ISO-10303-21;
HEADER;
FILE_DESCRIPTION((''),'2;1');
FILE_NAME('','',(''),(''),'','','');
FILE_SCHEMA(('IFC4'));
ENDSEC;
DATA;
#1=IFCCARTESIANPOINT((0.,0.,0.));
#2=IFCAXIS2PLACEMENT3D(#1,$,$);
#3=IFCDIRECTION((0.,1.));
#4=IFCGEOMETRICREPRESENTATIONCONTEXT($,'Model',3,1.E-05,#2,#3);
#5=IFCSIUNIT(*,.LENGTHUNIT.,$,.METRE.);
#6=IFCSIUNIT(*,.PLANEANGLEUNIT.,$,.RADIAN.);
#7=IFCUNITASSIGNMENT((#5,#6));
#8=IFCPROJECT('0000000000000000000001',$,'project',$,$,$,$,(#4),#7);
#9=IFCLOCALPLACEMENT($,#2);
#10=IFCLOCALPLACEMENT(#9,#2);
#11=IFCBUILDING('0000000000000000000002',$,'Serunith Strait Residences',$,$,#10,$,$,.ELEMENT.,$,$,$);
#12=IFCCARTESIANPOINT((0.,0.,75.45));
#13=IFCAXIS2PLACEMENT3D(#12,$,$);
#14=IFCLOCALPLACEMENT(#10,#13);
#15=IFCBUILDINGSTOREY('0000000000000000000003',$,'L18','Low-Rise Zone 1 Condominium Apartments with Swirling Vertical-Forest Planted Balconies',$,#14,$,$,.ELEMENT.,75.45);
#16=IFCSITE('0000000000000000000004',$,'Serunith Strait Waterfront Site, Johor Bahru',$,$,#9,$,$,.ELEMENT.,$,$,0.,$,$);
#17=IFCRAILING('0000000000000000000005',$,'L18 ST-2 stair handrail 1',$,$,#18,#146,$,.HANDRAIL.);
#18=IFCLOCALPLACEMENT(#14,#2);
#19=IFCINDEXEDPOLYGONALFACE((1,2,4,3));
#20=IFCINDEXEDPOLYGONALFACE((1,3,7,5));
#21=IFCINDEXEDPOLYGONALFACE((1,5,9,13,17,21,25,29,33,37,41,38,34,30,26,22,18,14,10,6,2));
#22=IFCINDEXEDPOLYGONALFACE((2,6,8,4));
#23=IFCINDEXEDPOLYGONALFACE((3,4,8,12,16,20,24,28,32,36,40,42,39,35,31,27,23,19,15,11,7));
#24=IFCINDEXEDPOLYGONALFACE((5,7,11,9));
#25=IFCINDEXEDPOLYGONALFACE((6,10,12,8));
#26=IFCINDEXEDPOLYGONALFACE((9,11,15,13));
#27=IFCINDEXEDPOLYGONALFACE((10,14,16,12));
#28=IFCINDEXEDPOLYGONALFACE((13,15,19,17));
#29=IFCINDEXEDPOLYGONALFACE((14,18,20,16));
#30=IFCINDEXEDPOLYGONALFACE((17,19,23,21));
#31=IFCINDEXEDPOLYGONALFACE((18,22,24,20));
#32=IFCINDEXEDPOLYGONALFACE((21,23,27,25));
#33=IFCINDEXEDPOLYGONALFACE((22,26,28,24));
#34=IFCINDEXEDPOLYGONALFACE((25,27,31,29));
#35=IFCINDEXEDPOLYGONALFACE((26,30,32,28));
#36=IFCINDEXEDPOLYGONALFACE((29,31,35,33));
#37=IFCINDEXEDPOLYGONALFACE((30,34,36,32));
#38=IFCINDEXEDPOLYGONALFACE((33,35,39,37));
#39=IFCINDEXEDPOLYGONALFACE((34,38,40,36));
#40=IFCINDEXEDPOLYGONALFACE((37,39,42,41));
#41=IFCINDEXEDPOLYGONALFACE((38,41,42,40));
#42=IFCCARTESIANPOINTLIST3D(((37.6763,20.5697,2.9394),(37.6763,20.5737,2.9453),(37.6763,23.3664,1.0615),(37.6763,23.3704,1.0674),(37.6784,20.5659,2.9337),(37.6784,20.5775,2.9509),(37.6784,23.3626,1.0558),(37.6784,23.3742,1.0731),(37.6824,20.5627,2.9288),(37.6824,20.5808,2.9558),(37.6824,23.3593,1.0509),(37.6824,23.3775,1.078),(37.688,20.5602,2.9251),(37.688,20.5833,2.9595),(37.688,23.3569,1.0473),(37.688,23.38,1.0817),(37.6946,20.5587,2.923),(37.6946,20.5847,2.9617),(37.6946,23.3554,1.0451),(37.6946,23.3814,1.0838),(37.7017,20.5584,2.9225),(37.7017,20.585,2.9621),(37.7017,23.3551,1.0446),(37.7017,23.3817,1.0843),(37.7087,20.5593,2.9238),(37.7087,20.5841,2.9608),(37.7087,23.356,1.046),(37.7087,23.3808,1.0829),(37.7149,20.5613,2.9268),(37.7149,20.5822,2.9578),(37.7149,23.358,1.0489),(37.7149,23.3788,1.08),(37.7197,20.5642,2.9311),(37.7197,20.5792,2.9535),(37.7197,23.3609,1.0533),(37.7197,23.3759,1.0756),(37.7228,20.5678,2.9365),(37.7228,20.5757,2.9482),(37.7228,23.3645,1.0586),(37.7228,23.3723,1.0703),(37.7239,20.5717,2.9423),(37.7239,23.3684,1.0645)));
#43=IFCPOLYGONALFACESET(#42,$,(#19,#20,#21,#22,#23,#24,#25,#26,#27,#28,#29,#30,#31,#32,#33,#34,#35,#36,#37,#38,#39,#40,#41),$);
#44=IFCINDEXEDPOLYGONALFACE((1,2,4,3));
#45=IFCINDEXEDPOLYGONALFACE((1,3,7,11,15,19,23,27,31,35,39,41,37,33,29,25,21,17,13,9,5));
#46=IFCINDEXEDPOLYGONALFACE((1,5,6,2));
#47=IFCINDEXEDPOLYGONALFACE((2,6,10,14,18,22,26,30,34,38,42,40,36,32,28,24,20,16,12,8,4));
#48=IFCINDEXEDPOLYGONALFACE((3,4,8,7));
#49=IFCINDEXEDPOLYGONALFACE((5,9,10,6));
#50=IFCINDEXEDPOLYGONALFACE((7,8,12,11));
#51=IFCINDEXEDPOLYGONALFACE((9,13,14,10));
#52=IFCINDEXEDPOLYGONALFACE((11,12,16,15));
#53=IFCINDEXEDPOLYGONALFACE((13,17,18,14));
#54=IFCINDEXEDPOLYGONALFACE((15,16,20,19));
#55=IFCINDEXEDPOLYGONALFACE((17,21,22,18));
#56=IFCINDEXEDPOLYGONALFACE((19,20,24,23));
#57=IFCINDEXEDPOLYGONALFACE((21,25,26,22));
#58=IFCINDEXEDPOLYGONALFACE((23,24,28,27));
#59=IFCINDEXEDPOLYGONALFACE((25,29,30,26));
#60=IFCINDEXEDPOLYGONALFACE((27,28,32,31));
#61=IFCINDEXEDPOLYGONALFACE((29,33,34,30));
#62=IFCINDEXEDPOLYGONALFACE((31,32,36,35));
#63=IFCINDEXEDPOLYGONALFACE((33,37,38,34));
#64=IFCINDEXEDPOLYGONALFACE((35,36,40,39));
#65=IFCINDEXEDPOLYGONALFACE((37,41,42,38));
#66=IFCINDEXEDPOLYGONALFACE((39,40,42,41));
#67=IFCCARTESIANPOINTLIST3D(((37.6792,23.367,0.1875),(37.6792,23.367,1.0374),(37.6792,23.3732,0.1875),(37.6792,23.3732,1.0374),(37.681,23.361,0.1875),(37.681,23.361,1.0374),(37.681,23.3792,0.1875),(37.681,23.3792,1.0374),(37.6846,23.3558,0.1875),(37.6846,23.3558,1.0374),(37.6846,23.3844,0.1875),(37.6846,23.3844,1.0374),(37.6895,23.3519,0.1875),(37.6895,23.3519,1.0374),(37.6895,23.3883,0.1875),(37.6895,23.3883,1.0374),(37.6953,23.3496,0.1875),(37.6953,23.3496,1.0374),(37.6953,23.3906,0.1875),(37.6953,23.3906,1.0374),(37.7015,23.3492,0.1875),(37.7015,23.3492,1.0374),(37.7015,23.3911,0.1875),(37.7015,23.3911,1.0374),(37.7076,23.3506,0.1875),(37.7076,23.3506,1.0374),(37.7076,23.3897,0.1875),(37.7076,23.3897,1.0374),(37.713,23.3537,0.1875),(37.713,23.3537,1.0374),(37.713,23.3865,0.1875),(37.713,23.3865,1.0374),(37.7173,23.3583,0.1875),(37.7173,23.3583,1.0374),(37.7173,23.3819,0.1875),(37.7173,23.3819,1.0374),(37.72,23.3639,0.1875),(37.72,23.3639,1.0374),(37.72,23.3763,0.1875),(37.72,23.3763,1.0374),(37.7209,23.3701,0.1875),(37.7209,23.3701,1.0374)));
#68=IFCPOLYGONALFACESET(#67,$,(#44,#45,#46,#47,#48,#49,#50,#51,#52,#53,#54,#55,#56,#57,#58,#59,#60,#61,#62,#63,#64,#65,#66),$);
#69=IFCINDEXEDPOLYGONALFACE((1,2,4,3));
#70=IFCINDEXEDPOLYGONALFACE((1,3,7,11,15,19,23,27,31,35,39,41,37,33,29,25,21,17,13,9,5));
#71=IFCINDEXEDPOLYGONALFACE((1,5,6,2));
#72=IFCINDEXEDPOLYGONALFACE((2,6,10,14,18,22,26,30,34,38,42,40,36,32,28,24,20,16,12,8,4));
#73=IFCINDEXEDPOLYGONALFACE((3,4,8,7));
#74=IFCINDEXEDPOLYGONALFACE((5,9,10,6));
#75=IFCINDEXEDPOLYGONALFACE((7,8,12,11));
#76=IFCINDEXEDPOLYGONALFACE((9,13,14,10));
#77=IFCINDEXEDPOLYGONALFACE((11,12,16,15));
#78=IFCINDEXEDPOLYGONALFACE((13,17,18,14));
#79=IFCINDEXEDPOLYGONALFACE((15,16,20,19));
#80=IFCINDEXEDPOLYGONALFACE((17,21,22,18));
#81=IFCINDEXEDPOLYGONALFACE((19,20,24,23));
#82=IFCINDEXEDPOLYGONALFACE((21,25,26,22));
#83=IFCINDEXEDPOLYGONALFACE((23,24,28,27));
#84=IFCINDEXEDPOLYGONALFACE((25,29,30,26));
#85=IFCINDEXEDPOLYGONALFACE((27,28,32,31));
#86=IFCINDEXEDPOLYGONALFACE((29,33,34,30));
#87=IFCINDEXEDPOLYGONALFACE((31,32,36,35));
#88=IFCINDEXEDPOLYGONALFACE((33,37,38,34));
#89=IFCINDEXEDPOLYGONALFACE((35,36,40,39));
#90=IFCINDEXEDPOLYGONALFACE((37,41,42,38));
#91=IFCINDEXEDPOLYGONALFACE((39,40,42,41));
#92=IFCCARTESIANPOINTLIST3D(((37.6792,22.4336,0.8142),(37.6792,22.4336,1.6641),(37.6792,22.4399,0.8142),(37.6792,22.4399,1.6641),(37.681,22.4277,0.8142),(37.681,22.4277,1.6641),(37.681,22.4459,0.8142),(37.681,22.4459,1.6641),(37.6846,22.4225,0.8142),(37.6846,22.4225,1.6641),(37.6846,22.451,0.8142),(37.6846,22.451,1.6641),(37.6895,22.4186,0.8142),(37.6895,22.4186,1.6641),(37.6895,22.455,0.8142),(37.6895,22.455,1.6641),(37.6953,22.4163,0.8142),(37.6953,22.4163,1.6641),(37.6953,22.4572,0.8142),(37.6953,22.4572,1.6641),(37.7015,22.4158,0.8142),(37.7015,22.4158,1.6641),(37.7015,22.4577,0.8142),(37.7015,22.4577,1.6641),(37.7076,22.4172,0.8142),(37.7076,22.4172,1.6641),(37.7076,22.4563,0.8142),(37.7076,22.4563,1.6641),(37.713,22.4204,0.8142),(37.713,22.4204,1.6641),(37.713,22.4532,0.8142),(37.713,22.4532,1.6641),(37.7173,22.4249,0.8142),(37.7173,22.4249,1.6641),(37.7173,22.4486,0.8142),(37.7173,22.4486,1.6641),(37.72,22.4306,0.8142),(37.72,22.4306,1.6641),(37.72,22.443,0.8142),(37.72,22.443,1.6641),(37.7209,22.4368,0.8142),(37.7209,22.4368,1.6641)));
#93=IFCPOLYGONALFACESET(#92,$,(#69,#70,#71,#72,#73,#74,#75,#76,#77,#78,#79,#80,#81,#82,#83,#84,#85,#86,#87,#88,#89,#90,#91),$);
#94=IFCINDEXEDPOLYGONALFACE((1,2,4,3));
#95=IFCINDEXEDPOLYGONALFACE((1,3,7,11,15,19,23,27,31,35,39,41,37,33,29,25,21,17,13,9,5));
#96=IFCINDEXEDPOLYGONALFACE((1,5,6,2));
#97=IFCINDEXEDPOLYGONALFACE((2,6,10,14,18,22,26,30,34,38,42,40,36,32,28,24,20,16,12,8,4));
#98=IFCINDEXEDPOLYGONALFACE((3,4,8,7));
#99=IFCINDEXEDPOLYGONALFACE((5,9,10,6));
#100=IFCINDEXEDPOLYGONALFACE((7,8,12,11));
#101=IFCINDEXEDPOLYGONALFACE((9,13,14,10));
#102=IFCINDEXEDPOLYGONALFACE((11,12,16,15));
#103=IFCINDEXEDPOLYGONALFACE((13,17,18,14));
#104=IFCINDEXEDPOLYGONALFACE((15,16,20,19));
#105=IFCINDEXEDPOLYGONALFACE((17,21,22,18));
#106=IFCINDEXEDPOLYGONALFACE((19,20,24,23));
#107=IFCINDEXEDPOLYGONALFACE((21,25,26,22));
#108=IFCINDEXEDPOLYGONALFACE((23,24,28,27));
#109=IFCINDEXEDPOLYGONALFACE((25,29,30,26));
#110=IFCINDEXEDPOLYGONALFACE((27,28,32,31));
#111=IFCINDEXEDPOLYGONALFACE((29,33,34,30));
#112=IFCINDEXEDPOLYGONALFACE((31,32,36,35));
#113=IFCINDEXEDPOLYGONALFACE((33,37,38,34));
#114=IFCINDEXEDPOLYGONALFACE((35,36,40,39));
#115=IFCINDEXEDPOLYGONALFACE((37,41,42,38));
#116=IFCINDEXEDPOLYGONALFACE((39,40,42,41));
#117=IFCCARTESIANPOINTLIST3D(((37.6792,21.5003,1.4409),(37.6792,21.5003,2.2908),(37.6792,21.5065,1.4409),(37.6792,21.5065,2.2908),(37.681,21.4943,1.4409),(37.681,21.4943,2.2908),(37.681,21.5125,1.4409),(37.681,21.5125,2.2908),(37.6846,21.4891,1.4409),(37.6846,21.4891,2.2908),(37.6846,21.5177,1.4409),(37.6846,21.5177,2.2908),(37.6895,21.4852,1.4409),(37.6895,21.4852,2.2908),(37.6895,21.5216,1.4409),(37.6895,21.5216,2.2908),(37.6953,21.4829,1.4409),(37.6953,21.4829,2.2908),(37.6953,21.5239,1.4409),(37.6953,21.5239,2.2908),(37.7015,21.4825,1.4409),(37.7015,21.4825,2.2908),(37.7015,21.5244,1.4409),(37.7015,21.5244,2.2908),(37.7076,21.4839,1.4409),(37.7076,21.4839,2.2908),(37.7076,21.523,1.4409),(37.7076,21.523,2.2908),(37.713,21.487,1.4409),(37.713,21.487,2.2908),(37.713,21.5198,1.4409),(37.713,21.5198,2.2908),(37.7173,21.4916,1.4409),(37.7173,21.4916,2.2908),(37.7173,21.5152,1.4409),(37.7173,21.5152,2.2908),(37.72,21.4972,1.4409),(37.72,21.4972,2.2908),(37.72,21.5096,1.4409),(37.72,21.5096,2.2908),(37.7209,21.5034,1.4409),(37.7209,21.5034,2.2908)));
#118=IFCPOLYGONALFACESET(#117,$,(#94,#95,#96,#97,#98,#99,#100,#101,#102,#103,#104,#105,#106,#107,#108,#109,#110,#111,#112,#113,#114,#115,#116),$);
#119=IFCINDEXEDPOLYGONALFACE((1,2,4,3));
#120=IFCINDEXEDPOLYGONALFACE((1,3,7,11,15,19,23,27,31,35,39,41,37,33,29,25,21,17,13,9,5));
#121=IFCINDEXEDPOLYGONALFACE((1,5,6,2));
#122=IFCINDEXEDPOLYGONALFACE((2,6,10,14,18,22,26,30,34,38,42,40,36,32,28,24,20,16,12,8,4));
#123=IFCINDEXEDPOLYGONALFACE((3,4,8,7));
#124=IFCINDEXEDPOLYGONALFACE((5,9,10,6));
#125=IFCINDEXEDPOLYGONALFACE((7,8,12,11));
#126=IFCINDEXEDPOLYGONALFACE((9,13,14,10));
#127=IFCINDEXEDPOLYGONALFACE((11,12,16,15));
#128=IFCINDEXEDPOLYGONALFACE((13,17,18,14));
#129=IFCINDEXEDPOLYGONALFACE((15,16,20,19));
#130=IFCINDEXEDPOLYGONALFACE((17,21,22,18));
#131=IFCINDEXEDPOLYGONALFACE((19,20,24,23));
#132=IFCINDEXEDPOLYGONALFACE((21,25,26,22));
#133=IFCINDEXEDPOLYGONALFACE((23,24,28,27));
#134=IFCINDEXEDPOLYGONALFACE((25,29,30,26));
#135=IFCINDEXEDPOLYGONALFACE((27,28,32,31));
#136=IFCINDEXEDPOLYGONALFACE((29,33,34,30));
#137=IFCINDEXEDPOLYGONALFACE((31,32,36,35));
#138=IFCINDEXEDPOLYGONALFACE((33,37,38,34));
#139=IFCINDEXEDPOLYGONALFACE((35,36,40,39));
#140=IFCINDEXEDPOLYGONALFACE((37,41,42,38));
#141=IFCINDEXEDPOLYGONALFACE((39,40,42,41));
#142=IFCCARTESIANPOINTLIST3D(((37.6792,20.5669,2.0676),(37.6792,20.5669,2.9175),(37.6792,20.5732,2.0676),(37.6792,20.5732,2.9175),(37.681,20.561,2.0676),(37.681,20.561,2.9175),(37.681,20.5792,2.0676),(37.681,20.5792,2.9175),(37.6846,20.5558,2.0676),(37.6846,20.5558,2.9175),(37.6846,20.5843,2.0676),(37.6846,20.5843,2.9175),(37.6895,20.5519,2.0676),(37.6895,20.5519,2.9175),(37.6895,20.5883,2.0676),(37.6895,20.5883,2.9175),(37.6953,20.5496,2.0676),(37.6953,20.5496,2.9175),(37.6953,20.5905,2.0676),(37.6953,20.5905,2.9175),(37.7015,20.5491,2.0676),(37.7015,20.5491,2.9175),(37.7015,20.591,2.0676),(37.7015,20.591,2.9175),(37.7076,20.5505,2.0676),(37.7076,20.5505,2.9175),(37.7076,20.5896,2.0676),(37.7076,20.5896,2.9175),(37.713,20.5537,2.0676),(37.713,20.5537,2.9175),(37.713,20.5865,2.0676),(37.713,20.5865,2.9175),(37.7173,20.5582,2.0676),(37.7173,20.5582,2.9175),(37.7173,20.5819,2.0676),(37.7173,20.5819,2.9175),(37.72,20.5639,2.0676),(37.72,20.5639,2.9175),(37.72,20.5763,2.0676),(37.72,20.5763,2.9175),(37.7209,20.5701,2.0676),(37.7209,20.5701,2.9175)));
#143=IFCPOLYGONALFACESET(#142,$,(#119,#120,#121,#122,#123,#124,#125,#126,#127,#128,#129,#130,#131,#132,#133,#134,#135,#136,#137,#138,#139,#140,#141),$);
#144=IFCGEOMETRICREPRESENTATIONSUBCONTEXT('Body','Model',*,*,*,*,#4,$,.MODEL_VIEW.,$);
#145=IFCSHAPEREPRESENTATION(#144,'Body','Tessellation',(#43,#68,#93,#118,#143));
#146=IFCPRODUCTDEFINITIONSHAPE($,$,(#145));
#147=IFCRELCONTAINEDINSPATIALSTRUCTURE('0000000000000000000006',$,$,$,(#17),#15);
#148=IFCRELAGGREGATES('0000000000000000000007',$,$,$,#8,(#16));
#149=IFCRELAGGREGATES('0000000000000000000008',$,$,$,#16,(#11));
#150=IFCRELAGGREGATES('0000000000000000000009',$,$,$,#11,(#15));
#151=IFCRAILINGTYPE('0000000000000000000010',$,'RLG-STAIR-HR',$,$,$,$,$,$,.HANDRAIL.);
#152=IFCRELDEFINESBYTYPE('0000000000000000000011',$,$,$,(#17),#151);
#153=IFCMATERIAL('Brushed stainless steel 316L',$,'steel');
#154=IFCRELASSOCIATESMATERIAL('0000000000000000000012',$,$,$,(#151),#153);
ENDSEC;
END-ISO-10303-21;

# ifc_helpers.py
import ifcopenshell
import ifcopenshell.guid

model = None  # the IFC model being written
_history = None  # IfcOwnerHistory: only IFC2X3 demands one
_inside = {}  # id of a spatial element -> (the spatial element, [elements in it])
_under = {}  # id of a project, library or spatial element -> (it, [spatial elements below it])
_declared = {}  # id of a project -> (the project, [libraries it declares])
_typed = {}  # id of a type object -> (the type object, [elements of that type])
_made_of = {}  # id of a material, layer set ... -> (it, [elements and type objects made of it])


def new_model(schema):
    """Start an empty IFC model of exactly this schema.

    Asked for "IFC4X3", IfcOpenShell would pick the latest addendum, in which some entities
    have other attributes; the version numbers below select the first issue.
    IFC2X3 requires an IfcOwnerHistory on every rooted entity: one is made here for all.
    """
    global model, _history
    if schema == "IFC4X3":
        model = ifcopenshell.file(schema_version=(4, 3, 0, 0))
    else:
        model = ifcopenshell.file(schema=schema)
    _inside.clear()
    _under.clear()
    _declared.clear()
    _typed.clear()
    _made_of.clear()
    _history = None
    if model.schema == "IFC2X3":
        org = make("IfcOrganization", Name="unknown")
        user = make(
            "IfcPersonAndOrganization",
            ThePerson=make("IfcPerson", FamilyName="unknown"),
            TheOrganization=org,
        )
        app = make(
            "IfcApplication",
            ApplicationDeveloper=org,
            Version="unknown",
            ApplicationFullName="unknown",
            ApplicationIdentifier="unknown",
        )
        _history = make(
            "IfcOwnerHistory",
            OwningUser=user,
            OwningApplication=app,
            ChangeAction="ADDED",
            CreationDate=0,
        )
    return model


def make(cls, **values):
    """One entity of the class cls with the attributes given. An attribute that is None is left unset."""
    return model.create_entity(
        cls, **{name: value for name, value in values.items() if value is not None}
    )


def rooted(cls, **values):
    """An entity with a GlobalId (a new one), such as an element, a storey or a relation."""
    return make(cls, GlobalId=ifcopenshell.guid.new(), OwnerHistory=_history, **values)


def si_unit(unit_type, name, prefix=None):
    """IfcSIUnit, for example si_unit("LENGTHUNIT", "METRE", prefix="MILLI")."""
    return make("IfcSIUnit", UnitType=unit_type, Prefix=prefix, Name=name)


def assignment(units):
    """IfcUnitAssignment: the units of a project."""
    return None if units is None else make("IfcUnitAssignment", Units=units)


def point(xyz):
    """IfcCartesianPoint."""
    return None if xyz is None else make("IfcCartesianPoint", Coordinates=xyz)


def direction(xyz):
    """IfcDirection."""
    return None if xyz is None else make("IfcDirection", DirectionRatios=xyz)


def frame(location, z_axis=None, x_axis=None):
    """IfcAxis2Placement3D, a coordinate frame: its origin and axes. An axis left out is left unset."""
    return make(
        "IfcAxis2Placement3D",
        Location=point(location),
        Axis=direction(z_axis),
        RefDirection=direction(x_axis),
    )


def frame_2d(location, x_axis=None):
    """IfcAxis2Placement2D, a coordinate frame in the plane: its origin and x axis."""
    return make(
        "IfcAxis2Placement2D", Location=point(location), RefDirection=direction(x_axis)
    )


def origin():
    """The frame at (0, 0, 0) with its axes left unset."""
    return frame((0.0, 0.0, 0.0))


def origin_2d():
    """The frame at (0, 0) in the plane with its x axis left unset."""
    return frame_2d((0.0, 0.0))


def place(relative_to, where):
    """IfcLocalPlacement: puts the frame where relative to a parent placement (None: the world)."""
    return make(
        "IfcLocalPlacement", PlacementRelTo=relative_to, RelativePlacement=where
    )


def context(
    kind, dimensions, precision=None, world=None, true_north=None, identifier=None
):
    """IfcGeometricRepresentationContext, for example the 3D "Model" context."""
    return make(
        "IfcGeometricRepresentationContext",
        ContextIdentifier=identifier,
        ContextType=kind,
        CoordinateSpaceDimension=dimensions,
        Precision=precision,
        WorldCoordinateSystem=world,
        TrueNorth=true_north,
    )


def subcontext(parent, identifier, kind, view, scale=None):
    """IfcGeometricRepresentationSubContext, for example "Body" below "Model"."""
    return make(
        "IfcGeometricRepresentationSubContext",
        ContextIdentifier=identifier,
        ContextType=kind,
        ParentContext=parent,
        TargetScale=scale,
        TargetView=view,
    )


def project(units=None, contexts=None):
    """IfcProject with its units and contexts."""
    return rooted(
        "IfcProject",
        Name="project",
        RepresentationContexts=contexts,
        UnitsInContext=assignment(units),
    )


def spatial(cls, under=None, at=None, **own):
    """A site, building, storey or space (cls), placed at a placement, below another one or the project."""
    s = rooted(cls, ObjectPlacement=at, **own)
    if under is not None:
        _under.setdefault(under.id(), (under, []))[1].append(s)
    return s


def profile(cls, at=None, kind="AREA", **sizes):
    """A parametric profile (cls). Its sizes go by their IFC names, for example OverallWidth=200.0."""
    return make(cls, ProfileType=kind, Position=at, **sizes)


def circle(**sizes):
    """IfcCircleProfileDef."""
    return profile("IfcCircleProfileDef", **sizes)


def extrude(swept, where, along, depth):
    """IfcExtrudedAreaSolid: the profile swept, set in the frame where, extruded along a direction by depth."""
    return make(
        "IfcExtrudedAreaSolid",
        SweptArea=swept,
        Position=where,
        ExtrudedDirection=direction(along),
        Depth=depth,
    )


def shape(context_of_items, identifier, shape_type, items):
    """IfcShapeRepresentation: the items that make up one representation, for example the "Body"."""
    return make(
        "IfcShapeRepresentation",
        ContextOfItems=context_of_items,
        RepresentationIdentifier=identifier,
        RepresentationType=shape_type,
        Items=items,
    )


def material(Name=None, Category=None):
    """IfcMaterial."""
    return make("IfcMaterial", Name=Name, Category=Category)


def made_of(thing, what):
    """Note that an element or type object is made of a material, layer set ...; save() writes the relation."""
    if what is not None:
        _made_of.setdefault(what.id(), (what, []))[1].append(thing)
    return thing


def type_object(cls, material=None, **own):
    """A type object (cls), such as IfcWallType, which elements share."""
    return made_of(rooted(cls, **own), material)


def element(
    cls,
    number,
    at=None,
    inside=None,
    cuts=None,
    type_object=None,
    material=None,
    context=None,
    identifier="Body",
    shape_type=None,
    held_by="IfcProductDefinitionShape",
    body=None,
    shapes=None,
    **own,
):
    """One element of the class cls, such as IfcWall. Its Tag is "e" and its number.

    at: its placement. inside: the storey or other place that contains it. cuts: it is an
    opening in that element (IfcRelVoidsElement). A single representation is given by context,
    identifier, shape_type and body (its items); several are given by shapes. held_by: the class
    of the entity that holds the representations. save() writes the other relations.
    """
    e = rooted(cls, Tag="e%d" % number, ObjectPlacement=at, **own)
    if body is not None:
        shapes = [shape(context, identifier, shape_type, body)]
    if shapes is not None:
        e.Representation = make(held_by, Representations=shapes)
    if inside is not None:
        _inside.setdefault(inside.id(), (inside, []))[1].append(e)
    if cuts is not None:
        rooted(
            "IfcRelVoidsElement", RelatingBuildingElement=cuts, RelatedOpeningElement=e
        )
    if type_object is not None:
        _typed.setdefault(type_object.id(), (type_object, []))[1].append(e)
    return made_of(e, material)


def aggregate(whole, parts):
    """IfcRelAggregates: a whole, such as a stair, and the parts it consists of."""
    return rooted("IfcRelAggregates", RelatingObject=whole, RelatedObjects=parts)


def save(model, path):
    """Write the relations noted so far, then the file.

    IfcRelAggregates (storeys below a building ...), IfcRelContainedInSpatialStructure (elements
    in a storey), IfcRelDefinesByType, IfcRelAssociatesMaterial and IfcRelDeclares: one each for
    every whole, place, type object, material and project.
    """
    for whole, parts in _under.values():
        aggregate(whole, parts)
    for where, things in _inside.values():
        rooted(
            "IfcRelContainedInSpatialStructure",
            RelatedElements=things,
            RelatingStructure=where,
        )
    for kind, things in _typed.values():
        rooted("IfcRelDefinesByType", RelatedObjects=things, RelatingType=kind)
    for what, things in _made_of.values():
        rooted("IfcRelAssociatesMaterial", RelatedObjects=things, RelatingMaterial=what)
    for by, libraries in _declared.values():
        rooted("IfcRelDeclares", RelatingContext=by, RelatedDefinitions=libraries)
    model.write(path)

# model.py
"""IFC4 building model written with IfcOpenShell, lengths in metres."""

from ifc_helpers import new_model, si_unit, direction, frame, origin, origin_2d, place, context, subcontext, project, spatial, circle, extrude, material, type_object, element, save


model = new_model("IFC4")

# Units and contexts
model_context = context("Model", 3, precision=1e-05, world=origin(), true_north=direction((0.0, 1.0)))
body_context = subcontext(model_context, "Body", "Model", "MODEL_VIEW")
ifc_project = project(units=[si_unit("LENGTHUNIT", "METRE"), si_unit("PLANEANGLEUNIT", "RADIAN")], contexts=[model_context])

# Site, building, storey
site_placement = place(None, origin())
site = spatial("IfcSite", under=ifc_project, at=site_placement, Name="Serunith Strait Waterfront Site, Johor Bahru", CompositionType="ELEMENT", RefElevation=0.0)
building_placement = place(site_placement, origin())
building = spatial("IfcBuilding", under=site, at=building_placement, Name="Serunith Strait Residences", CompositionType="ELEMENT")
storey_placement = place(building_placement, frame((0.0, 0.0, 75.45)))
storey = spatial("IfcBuildingStorey", under=building, at=storey_placement, Name="L18", Description="Low-Rise Zone 1 Condominium Apartments with Swirling Vertical-Forest Planted Balconies", CompositionType="ELEMENT", Elevation=75.45)

# Railing
ifc_material_1 = material(Name="Brushed stainless steel 316L", Category="steel")
railing_type_1 = type_object("IfcRailingType", Name="RLG-STAIR-HR", PredefinedType="HANDRAIL", material=ifc_material_1)
railing_1_placement = place(storey_placement, frame((37.7, 23.3701, 0.1875)))
element("IfcRailing", 1, at=railing_1_placement, inside=storey, type_object=railing_type_1, Name="L18 ST-2 stair handrail 1", PredefinedType="HANDRAIL", context=body_context, shape_type="SweptSolid", body=[
    extrude(circle(Radius=0.0239, at=origin_2d()), frame((0.0, -0.0017, 0.877), z_axis=(0.0, -0.830208, 0.557453), x_axis=(1.0, 0.0, 0.0)), (0.0, 0.0, 1.0), 3.3687),
    extrude(circle(Radius=0.021, at=origin_2d()), origin(), (0.0, 0.0, 1.0), 0.8499),
    extrude(circle(Radius=0.021, at=origin_2d()), frame((0.0, -0.9333, 0.6267)), (0.0, 0.0, 1.0), 0.8499),
    extrude(circle(Radius=0.021, at=origin_2d()), frame((0.0, -1.8667, 1.2534)), (0.0, 0.0, 1.0), 0.8499),
    extrude(circle(Radius=0.021, at=origin_2d()), frame((0.0, -2.8, 1.8801)), (0.0, 0.0, 1.0), 0.8499),
])

save(model, "model.ifc")
